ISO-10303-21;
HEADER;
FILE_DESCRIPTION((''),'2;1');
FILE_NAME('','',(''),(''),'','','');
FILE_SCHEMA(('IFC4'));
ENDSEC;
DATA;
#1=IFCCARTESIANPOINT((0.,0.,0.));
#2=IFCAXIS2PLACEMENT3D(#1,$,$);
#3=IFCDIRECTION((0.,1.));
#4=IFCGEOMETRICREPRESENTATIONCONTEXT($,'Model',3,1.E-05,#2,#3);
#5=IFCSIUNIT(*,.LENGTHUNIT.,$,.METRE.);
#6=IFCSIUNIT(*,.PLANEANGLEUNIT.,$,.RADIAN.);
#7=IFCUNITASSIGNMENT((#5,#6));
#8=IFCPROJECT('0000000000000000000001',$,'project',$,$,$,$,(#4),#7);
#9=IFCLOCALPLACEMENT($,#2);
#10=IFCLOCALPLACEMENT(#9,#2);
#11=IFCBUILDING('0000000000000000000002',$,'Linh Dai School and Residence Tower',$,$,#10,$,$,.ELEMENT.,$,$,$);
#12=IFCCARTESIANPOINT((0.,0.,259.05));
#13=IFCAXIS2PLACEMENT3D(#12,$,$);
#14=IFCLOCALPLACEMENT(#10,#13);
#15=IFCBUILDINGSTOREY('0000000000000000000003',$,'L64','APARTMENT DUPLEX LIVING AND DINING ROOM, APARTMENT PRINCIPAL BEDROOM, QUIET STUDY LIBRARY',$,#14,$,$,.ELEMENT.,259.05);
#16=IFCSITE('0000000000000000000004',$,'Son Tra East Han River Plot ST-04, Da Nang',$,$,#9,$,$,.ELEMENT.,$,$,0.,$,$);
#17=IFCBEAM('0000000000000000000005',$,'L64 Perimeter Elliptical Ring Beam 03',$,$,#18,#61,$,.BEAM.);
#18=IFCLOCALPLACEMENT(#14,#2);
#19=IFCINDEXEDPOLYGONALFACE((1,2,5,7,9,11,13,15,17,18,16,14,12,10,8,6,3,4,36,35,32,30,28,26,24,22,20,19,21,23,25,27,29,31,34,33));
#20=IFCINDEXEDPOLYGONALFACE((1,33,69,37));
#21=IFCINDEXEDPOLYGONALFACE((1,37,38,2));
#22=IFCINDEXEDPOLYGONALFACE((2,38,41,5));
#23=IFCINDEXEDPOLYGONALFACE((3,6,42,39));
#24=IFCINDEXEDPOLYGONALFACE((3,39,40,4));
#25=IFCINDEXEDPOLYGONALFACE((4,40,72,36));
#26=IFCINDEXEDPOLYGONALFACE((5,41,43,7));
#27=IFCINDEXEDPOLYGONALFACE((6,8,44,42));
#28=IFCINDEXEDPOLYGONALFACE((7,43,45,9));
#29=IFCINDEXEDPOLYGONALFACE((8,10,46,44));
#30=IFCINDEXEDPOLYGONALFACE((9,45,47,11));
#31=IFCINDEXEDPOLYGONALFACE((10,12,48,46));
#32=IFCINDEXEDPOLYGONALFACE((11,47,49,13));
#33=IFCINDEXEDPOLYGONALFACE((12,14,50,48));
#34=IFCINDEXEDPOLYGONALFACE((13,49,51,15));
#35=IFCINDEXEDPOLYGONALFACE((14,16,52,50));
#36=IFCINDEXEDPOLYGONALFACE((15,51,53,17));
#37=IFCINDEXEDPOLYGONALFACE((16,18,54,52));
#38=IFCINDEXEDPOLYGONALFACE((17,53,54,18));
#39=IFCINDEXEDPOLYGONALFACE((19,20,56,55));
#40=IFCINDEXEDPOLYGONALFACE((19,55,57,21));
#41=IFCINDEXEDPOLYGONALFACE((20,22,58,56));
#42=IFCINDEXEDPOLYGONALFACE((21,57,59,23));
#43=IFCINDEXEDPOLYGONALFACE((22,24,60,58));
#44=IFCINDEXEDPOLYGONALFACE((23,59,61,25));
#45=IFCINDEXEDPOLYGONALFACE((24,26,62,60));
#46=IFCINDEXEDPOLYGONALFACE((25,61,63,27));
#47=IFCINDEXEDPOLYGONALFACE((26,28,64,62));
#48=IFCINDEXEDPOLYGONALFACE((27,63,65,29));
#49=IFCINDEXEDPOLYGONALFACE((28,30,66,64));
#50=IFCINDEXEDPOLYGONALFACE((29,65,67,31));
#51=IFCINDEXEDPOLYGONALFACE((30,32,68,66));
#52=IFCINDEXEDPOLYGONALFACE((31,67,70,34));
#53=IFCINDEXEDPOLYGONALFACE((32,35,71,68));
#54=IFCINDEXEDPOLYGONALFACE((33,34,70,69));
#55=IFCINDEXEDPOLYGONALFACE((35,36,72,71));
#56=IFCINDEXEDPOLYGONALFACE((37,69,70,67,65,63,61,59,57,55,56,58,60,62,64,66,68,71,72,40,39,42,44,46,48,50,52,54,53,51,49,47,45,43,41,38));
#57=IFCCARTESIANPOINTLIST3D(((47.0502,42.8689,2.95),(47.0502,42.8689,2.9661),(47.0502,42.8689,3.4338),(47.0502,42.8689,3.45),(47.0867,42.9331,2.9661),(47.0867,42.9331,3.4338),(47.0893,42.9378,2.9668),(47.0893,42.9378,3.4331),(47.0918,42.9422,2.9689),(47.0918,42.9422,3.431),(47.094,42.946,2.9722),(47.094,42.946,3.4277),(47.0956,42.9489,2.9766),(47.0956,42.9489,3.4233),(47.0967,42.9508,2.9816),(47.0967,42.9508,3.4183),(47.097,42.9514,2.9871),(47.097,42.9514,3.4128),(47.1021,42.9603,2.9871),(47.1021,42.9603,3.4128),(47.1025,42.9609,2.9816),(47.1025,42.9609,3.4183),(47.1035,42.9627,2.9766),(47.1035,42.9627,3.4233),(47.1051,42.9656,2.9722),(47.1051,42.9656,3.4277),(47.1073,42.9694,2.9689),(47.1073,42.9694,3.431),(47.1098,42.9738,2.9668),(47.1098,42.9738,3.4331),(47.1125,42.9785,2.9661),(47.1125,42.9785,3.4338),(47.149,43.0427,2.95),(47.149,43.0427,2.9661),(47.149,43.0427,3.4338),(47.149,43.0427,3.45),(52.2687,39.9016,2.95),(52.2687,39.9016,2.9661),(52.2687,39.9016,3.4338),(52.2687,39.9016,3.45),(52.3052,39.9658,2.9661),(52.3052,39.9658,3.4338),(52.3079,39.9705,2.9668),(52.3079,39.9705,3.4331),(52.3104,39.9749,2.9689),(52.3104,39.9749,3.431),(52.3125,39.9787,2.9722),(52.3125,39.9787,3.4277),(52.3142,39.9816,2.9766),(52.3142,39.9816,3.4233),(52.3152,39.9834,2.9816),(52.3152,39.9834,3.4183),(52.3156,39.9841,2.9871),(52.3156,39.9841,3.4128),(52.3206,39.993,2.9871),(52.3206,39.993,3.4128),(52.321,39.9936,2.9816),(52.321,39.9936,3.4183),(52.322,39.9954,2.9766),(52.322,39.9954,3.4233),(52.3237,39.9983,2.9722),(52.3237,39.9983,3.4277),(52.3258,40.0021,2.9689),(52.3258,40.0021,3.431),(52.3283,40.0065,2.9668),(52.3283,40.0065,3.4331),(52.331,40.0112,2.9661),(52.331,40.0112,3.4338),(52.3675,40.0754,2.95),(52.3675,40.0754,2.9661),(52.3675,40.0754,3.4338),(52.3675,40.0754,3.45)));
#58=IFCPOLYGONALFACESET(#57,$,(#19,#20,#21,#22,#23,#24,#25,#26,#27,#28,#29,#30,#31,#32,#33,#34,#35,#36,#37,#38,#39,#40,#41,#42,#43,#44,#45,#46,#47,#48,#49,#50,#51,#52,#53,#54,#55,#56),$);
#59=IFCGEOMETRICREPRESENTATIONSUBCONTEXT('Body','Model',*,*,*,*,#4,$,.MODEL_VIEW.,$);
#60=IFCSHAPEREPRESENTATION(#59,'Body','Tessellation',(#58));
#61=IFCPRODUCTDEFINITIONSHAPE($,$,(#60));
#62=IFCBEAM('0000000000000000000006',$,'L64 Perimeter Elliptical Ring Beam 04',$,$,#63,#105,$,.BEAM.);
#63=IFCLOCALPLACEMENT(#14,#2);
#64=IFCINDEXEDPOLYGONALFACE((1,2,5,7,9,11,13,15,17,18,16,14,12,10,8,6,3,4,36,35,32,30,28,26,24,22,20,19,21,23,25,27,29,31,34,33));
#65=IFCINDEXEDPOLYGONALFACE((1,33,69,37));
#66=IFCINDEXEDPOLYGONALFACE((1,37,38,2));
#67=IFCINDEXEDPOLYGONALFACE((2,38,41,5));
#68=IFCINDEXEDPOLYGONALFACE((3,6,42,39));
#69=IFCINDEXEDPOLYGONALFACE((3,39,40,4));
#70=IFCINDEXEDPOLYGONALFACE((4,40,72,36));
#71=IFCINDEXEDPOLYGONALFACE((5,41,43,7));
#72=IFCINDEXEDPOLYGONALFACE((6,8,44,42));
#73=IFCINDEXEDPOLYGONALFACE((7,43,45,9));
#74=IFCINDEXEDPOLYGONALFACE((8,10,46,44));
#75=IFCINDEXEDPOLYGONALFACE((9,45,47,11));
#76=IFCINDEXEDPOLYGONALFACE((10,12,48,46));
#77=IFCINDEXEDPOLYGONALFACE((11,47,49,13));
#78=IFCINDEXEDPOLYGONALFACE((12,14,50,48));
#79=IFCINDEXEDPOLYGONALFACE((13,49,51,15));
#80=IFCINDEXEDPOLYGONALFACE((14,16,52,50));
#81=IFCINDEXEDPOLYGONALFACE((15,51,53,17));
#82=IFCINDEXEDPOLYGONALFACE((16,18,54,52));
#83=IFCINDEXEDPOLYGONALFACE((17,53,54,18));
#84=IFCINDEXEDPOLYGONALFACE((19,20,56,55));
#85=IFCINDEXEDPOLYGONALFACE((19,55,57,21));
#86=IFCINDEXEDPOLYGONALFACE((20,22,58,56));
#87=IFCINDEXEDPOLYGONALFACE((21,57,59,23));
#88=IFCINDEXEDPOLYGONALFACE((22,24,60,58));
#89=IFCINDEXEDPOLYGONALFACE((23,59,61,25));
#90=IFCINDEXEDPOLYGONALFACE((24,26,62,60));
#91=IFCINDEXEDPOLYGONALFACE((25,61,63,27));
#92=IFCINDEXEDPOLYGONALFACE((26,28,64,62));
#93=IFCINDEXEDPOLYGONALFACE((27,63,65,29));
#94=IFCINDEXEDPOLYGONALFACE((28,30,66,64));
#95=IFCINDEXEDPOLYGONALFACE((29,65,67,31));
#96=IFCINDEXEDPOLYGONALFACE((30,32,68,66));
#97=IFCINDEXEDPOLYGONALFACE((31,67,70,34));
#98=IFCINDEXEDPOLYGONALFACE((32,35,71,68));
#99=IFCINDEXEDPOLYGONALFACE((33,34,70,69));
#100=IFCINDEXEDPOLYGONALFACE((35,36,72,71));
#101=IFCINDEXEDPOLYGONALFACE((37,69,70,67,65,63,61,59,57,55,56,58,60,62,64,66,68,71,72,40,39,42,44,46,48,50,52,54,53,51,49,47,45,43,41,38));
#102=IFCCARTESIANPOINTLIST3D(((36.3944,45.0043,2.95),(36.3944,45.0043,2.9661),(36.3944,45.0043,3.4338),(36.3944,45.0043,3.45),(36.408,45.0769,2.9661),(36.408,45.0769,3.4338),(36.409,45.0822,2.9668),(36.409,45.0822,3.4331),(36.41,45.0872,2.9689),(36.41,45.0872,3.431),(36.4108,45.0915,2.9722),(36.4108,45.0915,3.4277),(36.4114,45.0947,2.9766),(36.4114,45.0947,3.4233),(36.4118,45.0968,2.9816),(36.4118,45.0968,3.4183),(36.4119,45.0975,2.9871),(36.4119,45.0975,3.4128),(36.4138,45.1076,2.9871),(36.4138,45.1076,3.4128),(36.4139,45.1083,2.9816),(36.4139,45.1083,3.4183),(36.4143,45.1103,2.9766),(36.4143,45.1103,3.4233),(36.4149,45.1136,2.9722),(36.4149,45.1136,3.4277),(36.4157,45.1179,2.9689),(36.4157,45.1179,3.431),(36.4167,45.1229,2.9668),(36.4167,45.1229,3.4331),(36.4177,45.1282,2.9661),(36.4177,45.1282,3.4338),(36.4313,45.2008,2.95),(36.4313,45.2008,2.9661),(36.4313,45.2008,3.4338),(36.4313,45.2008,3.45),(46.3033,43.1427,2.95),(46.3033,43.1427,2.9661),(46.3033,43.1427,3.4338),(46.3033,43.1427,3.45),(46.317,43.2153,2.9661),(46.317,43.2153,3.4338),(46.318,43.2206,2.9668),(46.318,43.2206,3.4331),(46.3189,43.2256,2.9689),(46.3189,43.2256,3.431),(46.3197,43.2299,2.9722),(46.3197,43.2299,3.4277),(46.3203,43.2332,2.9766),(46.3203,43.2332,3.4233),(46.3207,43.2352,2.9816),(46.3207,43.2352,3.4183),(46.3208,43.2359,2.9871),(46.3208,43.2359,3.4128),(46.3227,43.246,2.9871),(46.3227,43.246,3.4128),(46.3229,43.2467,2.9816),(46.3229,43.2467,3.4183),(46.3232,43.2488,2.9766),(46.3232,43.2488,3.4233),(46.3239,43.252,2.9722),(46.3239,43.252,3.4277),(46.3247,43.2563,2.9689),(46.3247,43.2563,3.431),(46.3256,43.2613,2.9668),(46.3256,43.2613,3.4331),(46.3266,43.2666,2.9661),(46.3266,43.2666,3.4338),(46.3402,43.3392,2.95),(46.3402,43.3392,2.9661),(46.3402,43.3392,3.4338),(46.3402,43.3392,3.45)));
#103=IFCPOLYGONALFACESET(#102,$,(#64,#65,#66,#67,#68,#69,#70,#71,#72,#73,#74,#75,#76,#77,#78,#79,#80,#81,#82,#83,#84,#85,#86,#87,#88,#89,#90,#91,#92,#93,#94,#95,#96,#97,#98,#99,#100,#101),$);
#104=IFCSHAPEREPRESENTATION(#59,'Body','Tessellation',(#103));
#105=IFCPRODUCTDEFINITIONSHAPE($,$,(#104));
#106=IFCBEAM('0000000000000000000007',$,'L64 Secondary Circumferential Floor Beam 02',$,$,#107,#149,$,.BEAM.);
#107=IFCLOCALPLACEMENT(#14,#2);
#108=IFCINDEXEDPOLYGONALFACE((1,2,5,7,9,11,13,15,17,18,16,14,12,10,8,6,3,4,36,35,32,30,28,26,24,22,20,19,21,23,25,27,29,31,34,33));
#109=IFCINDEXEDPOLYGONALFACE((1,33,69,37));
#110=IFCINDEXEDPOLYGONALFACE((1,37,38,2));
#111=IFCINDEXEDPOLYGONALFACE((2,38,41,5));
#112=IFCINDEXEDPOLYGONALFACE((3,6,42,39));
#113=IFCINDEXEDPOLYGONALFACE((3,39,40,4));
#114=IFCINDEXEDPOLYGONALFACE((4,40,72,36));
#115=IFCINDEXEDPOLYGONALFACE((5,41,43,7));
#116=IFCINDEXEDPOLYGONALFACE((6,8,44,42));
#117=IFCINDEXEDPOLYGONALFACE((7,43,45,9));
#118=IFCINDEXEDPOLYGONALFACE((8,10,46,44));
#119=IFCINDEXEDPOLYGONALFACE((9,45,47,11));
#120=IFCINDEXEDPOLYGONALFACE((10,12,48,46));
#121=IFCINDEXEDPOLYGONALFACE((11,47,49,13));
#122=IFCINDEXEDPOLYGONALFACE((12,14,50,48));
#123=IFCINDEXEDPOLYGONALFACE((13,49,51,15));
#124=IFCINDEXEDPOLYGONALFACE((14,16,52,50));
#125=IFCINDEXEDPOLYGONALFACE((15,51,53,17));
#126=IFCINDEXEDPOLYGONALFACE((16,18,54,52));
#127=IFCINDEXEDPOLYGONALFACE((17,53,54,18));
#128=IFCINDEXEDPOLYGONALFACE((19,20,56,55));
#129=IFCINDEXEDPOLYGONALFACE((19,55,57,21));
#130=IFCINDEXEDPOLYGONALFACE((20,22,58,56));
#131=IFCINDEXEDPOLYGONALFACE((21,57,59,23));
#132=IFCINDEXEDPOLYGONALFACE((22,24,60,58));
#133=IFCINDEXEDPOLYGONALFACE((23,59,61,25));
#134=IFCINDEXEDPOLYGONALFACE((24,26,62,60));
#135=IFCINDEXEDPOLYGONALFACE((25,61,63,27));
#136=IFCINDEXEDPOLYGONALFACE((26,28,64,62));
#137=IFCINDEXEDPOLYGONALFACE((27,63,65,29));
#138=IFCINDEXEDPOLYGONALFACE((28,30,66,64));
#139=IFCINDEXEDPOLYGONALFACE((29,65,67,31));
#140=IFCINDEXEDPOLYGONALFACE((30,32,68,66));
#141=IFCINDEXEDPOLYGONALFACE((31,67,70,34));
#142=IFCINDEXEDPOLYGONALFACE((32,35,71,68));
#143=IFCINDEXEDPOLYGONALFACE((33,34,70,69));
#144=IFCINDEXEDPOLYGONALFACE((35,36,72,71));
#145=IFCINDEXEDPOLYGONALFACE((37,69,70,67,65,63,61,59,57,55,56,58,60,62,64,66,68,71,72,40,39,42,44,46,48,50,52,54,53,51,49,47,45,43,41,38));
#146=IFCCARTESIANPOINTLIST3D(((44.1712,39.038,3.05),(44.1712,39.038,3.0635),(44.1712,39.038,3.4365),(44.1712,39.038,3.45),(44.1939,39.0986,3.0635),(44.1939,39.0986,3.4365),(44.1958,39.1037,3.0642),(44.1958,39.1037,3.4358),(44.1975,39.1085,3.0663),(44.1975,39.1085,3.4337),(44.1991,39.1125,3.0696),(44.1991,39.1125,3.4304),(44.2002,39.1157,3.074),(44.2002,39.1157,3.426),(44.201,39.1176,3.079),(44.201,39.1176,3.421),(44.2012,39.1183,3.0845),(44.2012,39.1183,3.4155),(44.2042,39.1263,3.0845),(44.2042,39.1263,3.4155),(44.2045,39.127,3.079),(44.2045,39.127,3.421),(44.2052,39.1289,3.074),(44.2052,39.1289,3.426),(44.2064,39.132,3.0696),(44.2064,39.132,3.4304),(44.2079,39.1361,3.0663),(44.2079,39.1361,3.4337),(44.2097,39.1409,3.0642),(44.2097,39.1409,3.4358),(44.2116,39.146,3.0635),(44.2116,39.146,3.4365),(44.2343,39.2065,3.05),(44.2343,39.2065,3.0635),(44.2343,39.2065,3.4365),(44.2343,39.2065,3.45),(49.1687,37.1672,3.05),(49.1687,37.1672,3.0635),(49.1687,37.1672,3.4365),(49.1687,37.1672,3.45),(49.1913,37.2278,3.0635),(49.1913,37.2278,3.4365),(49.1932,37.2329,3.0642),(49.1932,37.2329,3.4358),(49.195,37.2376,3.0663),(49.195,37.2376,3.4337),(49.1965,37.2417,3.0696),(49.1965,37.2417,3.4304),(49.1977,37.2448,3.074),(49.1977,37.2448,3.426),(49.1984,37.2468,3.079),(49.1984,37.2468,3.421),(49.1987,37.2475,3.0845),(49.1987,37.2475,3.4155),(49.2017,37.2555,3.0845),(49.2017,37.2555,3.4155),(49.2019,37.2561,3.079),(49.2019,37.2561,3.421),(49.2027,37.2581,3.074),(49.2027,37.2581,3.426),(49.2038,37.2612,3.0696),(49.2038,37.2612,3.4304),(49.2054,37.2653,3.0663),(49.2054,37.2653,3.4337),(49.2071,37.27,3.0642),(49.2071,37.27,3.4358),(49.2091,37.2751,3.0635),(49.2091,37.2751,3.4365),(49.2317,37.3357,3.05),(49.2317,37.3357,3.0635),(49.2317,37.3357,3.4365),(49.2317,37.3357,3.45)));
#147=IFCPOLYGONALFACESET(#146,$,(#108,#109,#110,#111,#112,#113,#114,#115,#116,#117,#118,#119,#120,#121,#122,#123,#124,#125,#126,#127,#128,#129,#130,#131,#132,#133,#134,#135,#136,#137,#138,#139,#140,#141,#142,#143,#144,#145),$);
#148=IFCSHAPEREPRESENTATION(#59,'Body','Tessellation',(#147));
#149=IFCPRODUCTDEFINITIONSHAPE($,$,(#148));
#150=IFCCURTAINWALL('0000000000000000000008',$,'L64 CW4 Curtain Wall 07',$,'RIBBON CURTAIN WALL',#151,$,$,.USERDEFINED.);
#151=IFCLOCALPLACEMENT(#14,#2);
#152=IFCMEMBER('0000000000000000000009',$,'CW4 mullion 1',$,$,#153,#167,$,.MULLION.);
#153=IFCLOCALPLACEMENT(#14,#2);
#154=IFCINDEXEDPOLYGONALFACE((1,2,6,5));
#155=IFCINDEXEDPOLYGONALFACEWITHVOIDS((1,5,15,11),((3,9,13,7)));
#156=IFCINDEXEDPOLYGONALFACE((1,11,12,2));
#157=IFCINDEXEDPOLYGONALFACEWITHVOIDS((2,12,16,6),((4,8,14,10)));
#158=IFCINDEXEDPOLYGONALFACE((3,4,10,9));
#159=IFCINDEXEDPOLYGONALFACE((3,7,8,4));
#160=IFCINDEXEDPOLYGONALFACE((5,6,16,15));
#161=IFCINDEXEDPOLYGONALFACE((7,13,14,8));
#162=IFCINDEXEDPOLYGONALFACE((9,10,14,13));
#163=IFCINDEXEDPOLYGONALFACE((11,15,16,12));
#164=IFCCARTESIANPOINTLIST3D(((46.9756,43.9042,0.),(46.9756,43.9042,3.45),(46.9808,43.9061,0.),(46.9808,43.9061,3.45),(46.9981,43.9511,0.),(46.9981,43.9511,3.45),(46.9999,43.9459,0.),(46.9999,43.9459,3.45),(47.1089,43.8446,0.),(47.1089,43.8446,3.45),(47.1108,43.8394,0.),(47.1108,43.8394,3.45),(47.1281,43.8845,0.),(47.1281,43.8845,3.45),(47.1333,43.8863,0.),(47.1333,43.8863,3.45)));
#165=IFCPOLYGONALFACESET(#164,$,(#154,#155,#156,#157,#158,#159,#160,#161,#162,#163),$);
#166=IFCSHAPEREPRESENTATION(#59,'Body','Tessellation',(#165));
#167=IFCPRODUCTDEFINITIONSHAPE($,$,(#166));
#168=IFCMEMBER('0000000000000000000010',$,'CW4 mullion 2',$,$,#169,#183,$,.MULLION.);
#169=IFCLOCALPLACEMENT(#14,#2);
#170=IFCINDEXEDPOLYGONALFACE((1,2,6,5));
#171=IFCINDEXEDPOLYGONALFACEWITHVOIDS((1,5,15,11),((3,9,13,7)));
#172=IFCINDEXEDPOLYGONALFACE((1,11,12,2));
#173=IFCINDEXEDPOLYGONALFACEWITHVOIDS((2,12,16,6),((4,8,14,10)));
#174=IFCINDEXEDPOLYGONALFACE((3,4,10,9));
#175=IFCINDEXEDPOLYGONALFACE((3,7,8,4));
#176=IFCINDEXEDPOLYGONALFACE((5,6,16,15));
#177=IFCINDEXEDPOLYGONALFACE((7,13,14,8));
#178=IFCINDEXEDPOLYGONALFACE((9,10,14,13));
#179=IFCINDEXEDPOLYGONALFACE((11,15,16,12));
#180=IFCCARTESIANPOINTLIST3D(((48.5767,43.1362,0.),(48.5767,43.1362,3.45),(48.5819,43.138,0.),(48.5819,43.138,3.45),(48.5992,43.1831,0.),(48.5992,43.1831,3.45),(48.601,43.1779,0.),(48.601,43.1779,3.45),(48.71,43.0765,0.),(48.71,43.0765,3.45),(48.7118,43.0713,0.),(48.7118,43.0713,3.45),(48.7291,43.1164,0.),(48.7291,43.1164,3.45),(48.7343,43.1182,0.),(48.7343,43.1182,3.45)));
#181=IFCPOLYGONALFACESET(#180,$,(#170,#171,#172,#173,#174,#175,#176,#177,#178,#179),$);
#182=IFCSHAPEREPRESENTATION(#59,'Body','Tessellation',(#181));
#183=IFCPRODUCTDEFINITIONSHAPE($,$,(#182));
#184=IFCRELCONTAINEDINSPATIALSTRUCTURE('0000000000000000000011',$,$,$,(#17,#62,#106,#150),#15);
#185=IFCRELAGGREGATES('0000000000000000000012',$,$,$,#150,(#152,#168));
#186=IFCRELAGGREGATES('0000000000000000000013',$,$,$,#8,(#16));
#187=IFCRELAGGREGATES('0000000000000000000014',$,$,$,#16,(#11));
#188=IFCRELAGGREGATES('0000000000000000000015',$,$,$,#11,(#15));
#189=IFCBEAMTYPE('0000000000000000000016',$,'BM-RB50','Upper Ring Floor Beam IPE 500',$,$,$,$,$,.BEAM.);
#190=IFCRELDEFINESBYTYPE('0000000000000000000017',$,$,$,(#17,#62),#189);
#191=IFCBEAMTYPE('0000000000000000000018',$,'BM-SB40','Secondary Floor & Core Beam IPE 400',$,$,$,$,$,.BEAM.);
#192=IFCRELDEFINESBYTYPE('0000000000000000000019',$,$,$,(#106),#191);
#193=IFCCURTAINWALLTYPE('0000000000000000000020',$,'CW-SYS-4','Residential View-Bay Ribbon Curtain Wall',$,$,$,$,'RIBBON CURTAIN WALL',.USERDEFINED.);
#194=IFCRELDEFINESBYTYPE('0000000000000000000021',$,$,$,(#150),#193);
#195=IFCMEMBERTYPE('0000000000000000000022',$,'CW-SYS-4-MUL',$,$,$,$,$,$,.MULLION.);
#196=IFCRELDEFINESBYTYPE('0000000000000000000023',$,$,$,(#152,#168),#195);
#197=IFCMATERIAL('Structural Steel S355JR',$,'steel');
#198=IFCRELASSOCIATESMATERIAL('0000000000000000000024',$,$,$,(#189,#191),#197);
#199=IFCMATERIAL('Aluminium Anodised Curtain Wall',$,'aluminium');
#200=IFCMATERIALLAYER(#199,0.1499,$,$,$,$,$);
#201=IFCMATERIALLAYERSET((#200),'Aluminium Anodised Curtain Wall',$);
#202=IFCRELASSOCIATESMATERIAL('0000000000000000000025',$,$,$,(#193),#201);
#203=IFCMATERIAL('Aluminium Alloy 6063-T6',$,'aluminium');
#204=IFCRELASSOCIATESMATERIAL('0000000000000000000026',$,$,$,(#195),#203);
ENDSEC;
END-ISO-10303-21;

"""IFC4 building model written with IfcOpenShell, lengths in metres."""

from ifc_helpers import new_model, si_unit, direction, frame, origin, origin_2d, place, context, subcontext, project, spatial, hollow_rectangle, i_section, extrude, source, transform, mapped, material, layer, layer_set, material_profile, profile_set, type_object, element, aggregate, save


model = new_model("IFC4")

# Units and contexts
model_context = context("Model", 3, precision=1e-05, world=origin(), true_north=direction((0.0, 1.0)))
body_context = subcontext(model_context, "Body", "Model", "MODEL_VIEW")
ifc_project = project(units=[si_unit("LENGTHUNIT", "METRE"), si_unit("PLANEANGLEUNIT", "RADIAN")], contexts=[model_context])

# Site, building, storey
site_placement = place(None, origin())
site = spatial("IfcSite", under=ifc_project, at=site_placement, Name="Son Tra East Han River Plot ST-04, Da Nang", CompositionType="ELEMENT", RefElevation=0.0)
building_placement = place(site_placement, origin())
building = spatial("IfcBuilding", under=site, at=building_placement, Name="Linh Dai School and Residence Tower", CompositionType="ELEMENT")
storey_placement = place(building_placement, frame((0.0, 0.0, 259.05)))
storey = spatial("IfcBuildingStorey", under=building, at=storey_placement, Name="L64", Description="APARTMENT DUPLEX LIVING AND DINING ROOM, APARTMENT PRINCIPAL BEDROOM, QUIET STUDY LIBRARY", CompositionType="ELEMENT", Elevation=259.05)

# Shared definitions
ifc_material_1 = material(Name="Structural Steel S355JR", Category="steel")

# Beams
ifc_material_profile_1 = material_profile(ifc_material_1, i_section(OverallWidth=0.2, OverallDepth=0.5, WebThickness=0.0103, FlangeThickness=0.0161, FilletRadius=0.021, at=origin_2d()), Name="IPE 500")
ifc_profile_set_1 = profile_set([ifc_material_profile_1], Name="Structural Steel S355JR")
beam_type_1 = type_object("IfcBeamType", Name="BM-RB50", Description="Upper Ring Floor Beam IPE 500", PredefinedType="BEAM", material=ifc_profile_set_1)
beam_1_placement = place(storey_placement, frame((52.3181, 39.9885, 3.2), z_axis=(-0.869297, 0.49429, 0.0), x_axis=(-0.49429, -0.869297, 0.0)))
element("IfcBeam", 1, at=beam_1_placement, inside=storey, type_object=beam_type_1, Name="L64 Perimeter Elliptical Ring Beam 03", PredefinedType="BEAM", context=body_context, shape_type="SweptSolid", body=[
    extrude(i_section(OverallWidth=0.2, OverallDepth=0.5, WebThickness=0.0103, FlangeThickness=0.0161, FilletRadius=0.021, at=origin_2d()), origin(), (0.0, 0.0, 1.0), 6.0032),
])
beam_2_placement = place(storey_placement, frame((46.3218, 43.241, 3.2), z_axis=(-0.982807, 0.184638, 0.0), x_axis=(-0.184638, -0.982807, 0.0)))
element("IfcBeam", 2, at=beam_2_placement, inside=storey, type_object=beam_type_1, Name="L64 Perimeter Elliptical Ring Beam 04", PredefinedType="BEAM", context=body_context, shape_type="SweptSolid", body=[
    extrude(i_section(OverallWidth=0.2, OverallDepth=0.5, WebThickness=0.0103, FlangeThickness=0.0161, FilletRadius=0.021, at=origin_2d()), origin(), (0.0, 0.0, 1.0), 10.0823),
])
ifc_material_profile_2 = material_profile(ifc_material_1, i_section(OverallWidth=0.1799, OverallDepth=0.3999, WebThickness=0.0085, FlangeThickness=0.0134, FilletRadius=0.021, at=origin_2d()), Name="IPE 400")
ifc_profile_set_2 = profile_set([ifc_material_profile_2], Name="Structural Steel S355JR")
beam_type_2 = type_object("IfcBeamType", Name="BM-SB40", Description="Secondary Floor & Core Beam IPE 400", PredefinedType="BEAM", material=ifc_profile_set_2)
beam_3_placement = place(storey_placement, frame((49.2002, 37.2515, 3.25), z_axis=(-0.936528, 0.350592, 0.0), x_axis=(-0.350592, -0.936528, 0.0)))
element("IfcBeam", 3, at=beam_3_placement, inside=storey, type_object=beam_type_2, Name="L64 Secondary Circumferential Floor Beam 02", PredefinedType="BEAM", context=body_context, shape_type="SweptSolid", body=[
    extrude(i_section(OverallWidth=0.1799, OverallDepth=0.3999, WebThickness=0.0085, FlangeThickness=0.0134, FilletRadius=0.021, at=origin_2d()), origin(), (0.0, 0.0, 1.0), 5.3362),
])

# Curtain wall, members
ifc_material_2 = material(Name="Aluminium Anodised Curtain Wall", Category="aluminium")
ifc_layer_1 = layer(ifc_material_2, 0.1499)
ifc_layer_set_1 = layer_set([ifc_layer_1], Name="Aluminium Anodised Curtain Wall")
curtain_wall_type = type_object("IfcCurtainWallType", Name="CW-SYS-4", Description="Residential View-Bay Ribbon Curtain Wall", ElementType="RIBBON CURTAIN WALL", PredefinedType="USERDEFINED", material=ifc_layer_set_1)
curtain_wall_placement = place(storey_placement, origin())
curtain_wall = element("IfcCurtainWall", 4, at=curtain_wall_placement, inside=storey, type_object=curtain_wall_type, Name="L64 CW4 Curtain Wall 07", ObjectType="RIBBON CURTAIN WALL", PredefinedType="USERDEFINED")
ifc_material_3 = material(Name="Aluminium Alloy 6063-T6", Category="aluminium")
ifc_material_profile_3 = material_profile(ifc_material_3, hollow_rectangle(XDim=0.052, YDim=0.1499, WallThickness=0.0039, at=origin_2d()), Name="RHS 150x52x4")
ifc_profile_set_3 = profile_set([ifc_material_profile_3], Name="Aluminium Alloy 6063-T6")
member_type_1 = type_object("IfcMemberType", Name="CW-SYS-4-MUL", PredefinedType="MULLION", material=ifc_profile_set_3)
shared_shape_1 = source(origin(), body_context, "Body", "SweptSolid", [
    extrude(hollow_rectangle(XDim=0.052, YDim=0.1499, WallThickness=0.0039, at=origin_2d()), origin(), (0.0, 0.0, 1.0), 3.45),
])
member_1_placement = place(storey_placement, frame((47.0544, 43.8953, 0.0), z_axis=(0.0, 0.0, 1.0), x_axis=(0.432594, 0.901589, 0.0)))
member_1 = element("IfcMember", 5, at=member_1_placement, type_object=member_type_1, Name="CW4 mullion 1", PredefinedType="MULLION", context=body_context, shape_type="MappedRepresentation", body=[
    mapped(shared_shape_1, transform((0.0, 0.0, 0.0), x_axis=(1.0, 0.0, 0.0), y_axis=(0.0, 1.0, 0.0), z_axis=(0.0, 0.0, 1.0), scale=1.0)),
])
member_2_placement = place(storey_placement, frame((48.6555, 43.1272, 0.0), z_axis=(0.0, 0.0, 1.0), x_axis=(0.432594, 0.901589, 0.0)))
member_2 = element("IfcMember", 6, at=member_2_placement, type_object=member_type_1, Name="CW4 mullion 2", PredefinedType="MULLION", context=body_context, shape_type="MappedRepresentation", body=[
    mapped(shared_shape_1, transform((0.0, 0.0, 0.0), x_axis=(1.0, 0.0, 0.0), y_axis=(0.0, 1.0, 0.0), z_axis=(0.0, 0.0, 1.0), scale=1.0)),
])

aggregate(curtain_wall, [member_1, member_2])

save(model, "model.ifc")
